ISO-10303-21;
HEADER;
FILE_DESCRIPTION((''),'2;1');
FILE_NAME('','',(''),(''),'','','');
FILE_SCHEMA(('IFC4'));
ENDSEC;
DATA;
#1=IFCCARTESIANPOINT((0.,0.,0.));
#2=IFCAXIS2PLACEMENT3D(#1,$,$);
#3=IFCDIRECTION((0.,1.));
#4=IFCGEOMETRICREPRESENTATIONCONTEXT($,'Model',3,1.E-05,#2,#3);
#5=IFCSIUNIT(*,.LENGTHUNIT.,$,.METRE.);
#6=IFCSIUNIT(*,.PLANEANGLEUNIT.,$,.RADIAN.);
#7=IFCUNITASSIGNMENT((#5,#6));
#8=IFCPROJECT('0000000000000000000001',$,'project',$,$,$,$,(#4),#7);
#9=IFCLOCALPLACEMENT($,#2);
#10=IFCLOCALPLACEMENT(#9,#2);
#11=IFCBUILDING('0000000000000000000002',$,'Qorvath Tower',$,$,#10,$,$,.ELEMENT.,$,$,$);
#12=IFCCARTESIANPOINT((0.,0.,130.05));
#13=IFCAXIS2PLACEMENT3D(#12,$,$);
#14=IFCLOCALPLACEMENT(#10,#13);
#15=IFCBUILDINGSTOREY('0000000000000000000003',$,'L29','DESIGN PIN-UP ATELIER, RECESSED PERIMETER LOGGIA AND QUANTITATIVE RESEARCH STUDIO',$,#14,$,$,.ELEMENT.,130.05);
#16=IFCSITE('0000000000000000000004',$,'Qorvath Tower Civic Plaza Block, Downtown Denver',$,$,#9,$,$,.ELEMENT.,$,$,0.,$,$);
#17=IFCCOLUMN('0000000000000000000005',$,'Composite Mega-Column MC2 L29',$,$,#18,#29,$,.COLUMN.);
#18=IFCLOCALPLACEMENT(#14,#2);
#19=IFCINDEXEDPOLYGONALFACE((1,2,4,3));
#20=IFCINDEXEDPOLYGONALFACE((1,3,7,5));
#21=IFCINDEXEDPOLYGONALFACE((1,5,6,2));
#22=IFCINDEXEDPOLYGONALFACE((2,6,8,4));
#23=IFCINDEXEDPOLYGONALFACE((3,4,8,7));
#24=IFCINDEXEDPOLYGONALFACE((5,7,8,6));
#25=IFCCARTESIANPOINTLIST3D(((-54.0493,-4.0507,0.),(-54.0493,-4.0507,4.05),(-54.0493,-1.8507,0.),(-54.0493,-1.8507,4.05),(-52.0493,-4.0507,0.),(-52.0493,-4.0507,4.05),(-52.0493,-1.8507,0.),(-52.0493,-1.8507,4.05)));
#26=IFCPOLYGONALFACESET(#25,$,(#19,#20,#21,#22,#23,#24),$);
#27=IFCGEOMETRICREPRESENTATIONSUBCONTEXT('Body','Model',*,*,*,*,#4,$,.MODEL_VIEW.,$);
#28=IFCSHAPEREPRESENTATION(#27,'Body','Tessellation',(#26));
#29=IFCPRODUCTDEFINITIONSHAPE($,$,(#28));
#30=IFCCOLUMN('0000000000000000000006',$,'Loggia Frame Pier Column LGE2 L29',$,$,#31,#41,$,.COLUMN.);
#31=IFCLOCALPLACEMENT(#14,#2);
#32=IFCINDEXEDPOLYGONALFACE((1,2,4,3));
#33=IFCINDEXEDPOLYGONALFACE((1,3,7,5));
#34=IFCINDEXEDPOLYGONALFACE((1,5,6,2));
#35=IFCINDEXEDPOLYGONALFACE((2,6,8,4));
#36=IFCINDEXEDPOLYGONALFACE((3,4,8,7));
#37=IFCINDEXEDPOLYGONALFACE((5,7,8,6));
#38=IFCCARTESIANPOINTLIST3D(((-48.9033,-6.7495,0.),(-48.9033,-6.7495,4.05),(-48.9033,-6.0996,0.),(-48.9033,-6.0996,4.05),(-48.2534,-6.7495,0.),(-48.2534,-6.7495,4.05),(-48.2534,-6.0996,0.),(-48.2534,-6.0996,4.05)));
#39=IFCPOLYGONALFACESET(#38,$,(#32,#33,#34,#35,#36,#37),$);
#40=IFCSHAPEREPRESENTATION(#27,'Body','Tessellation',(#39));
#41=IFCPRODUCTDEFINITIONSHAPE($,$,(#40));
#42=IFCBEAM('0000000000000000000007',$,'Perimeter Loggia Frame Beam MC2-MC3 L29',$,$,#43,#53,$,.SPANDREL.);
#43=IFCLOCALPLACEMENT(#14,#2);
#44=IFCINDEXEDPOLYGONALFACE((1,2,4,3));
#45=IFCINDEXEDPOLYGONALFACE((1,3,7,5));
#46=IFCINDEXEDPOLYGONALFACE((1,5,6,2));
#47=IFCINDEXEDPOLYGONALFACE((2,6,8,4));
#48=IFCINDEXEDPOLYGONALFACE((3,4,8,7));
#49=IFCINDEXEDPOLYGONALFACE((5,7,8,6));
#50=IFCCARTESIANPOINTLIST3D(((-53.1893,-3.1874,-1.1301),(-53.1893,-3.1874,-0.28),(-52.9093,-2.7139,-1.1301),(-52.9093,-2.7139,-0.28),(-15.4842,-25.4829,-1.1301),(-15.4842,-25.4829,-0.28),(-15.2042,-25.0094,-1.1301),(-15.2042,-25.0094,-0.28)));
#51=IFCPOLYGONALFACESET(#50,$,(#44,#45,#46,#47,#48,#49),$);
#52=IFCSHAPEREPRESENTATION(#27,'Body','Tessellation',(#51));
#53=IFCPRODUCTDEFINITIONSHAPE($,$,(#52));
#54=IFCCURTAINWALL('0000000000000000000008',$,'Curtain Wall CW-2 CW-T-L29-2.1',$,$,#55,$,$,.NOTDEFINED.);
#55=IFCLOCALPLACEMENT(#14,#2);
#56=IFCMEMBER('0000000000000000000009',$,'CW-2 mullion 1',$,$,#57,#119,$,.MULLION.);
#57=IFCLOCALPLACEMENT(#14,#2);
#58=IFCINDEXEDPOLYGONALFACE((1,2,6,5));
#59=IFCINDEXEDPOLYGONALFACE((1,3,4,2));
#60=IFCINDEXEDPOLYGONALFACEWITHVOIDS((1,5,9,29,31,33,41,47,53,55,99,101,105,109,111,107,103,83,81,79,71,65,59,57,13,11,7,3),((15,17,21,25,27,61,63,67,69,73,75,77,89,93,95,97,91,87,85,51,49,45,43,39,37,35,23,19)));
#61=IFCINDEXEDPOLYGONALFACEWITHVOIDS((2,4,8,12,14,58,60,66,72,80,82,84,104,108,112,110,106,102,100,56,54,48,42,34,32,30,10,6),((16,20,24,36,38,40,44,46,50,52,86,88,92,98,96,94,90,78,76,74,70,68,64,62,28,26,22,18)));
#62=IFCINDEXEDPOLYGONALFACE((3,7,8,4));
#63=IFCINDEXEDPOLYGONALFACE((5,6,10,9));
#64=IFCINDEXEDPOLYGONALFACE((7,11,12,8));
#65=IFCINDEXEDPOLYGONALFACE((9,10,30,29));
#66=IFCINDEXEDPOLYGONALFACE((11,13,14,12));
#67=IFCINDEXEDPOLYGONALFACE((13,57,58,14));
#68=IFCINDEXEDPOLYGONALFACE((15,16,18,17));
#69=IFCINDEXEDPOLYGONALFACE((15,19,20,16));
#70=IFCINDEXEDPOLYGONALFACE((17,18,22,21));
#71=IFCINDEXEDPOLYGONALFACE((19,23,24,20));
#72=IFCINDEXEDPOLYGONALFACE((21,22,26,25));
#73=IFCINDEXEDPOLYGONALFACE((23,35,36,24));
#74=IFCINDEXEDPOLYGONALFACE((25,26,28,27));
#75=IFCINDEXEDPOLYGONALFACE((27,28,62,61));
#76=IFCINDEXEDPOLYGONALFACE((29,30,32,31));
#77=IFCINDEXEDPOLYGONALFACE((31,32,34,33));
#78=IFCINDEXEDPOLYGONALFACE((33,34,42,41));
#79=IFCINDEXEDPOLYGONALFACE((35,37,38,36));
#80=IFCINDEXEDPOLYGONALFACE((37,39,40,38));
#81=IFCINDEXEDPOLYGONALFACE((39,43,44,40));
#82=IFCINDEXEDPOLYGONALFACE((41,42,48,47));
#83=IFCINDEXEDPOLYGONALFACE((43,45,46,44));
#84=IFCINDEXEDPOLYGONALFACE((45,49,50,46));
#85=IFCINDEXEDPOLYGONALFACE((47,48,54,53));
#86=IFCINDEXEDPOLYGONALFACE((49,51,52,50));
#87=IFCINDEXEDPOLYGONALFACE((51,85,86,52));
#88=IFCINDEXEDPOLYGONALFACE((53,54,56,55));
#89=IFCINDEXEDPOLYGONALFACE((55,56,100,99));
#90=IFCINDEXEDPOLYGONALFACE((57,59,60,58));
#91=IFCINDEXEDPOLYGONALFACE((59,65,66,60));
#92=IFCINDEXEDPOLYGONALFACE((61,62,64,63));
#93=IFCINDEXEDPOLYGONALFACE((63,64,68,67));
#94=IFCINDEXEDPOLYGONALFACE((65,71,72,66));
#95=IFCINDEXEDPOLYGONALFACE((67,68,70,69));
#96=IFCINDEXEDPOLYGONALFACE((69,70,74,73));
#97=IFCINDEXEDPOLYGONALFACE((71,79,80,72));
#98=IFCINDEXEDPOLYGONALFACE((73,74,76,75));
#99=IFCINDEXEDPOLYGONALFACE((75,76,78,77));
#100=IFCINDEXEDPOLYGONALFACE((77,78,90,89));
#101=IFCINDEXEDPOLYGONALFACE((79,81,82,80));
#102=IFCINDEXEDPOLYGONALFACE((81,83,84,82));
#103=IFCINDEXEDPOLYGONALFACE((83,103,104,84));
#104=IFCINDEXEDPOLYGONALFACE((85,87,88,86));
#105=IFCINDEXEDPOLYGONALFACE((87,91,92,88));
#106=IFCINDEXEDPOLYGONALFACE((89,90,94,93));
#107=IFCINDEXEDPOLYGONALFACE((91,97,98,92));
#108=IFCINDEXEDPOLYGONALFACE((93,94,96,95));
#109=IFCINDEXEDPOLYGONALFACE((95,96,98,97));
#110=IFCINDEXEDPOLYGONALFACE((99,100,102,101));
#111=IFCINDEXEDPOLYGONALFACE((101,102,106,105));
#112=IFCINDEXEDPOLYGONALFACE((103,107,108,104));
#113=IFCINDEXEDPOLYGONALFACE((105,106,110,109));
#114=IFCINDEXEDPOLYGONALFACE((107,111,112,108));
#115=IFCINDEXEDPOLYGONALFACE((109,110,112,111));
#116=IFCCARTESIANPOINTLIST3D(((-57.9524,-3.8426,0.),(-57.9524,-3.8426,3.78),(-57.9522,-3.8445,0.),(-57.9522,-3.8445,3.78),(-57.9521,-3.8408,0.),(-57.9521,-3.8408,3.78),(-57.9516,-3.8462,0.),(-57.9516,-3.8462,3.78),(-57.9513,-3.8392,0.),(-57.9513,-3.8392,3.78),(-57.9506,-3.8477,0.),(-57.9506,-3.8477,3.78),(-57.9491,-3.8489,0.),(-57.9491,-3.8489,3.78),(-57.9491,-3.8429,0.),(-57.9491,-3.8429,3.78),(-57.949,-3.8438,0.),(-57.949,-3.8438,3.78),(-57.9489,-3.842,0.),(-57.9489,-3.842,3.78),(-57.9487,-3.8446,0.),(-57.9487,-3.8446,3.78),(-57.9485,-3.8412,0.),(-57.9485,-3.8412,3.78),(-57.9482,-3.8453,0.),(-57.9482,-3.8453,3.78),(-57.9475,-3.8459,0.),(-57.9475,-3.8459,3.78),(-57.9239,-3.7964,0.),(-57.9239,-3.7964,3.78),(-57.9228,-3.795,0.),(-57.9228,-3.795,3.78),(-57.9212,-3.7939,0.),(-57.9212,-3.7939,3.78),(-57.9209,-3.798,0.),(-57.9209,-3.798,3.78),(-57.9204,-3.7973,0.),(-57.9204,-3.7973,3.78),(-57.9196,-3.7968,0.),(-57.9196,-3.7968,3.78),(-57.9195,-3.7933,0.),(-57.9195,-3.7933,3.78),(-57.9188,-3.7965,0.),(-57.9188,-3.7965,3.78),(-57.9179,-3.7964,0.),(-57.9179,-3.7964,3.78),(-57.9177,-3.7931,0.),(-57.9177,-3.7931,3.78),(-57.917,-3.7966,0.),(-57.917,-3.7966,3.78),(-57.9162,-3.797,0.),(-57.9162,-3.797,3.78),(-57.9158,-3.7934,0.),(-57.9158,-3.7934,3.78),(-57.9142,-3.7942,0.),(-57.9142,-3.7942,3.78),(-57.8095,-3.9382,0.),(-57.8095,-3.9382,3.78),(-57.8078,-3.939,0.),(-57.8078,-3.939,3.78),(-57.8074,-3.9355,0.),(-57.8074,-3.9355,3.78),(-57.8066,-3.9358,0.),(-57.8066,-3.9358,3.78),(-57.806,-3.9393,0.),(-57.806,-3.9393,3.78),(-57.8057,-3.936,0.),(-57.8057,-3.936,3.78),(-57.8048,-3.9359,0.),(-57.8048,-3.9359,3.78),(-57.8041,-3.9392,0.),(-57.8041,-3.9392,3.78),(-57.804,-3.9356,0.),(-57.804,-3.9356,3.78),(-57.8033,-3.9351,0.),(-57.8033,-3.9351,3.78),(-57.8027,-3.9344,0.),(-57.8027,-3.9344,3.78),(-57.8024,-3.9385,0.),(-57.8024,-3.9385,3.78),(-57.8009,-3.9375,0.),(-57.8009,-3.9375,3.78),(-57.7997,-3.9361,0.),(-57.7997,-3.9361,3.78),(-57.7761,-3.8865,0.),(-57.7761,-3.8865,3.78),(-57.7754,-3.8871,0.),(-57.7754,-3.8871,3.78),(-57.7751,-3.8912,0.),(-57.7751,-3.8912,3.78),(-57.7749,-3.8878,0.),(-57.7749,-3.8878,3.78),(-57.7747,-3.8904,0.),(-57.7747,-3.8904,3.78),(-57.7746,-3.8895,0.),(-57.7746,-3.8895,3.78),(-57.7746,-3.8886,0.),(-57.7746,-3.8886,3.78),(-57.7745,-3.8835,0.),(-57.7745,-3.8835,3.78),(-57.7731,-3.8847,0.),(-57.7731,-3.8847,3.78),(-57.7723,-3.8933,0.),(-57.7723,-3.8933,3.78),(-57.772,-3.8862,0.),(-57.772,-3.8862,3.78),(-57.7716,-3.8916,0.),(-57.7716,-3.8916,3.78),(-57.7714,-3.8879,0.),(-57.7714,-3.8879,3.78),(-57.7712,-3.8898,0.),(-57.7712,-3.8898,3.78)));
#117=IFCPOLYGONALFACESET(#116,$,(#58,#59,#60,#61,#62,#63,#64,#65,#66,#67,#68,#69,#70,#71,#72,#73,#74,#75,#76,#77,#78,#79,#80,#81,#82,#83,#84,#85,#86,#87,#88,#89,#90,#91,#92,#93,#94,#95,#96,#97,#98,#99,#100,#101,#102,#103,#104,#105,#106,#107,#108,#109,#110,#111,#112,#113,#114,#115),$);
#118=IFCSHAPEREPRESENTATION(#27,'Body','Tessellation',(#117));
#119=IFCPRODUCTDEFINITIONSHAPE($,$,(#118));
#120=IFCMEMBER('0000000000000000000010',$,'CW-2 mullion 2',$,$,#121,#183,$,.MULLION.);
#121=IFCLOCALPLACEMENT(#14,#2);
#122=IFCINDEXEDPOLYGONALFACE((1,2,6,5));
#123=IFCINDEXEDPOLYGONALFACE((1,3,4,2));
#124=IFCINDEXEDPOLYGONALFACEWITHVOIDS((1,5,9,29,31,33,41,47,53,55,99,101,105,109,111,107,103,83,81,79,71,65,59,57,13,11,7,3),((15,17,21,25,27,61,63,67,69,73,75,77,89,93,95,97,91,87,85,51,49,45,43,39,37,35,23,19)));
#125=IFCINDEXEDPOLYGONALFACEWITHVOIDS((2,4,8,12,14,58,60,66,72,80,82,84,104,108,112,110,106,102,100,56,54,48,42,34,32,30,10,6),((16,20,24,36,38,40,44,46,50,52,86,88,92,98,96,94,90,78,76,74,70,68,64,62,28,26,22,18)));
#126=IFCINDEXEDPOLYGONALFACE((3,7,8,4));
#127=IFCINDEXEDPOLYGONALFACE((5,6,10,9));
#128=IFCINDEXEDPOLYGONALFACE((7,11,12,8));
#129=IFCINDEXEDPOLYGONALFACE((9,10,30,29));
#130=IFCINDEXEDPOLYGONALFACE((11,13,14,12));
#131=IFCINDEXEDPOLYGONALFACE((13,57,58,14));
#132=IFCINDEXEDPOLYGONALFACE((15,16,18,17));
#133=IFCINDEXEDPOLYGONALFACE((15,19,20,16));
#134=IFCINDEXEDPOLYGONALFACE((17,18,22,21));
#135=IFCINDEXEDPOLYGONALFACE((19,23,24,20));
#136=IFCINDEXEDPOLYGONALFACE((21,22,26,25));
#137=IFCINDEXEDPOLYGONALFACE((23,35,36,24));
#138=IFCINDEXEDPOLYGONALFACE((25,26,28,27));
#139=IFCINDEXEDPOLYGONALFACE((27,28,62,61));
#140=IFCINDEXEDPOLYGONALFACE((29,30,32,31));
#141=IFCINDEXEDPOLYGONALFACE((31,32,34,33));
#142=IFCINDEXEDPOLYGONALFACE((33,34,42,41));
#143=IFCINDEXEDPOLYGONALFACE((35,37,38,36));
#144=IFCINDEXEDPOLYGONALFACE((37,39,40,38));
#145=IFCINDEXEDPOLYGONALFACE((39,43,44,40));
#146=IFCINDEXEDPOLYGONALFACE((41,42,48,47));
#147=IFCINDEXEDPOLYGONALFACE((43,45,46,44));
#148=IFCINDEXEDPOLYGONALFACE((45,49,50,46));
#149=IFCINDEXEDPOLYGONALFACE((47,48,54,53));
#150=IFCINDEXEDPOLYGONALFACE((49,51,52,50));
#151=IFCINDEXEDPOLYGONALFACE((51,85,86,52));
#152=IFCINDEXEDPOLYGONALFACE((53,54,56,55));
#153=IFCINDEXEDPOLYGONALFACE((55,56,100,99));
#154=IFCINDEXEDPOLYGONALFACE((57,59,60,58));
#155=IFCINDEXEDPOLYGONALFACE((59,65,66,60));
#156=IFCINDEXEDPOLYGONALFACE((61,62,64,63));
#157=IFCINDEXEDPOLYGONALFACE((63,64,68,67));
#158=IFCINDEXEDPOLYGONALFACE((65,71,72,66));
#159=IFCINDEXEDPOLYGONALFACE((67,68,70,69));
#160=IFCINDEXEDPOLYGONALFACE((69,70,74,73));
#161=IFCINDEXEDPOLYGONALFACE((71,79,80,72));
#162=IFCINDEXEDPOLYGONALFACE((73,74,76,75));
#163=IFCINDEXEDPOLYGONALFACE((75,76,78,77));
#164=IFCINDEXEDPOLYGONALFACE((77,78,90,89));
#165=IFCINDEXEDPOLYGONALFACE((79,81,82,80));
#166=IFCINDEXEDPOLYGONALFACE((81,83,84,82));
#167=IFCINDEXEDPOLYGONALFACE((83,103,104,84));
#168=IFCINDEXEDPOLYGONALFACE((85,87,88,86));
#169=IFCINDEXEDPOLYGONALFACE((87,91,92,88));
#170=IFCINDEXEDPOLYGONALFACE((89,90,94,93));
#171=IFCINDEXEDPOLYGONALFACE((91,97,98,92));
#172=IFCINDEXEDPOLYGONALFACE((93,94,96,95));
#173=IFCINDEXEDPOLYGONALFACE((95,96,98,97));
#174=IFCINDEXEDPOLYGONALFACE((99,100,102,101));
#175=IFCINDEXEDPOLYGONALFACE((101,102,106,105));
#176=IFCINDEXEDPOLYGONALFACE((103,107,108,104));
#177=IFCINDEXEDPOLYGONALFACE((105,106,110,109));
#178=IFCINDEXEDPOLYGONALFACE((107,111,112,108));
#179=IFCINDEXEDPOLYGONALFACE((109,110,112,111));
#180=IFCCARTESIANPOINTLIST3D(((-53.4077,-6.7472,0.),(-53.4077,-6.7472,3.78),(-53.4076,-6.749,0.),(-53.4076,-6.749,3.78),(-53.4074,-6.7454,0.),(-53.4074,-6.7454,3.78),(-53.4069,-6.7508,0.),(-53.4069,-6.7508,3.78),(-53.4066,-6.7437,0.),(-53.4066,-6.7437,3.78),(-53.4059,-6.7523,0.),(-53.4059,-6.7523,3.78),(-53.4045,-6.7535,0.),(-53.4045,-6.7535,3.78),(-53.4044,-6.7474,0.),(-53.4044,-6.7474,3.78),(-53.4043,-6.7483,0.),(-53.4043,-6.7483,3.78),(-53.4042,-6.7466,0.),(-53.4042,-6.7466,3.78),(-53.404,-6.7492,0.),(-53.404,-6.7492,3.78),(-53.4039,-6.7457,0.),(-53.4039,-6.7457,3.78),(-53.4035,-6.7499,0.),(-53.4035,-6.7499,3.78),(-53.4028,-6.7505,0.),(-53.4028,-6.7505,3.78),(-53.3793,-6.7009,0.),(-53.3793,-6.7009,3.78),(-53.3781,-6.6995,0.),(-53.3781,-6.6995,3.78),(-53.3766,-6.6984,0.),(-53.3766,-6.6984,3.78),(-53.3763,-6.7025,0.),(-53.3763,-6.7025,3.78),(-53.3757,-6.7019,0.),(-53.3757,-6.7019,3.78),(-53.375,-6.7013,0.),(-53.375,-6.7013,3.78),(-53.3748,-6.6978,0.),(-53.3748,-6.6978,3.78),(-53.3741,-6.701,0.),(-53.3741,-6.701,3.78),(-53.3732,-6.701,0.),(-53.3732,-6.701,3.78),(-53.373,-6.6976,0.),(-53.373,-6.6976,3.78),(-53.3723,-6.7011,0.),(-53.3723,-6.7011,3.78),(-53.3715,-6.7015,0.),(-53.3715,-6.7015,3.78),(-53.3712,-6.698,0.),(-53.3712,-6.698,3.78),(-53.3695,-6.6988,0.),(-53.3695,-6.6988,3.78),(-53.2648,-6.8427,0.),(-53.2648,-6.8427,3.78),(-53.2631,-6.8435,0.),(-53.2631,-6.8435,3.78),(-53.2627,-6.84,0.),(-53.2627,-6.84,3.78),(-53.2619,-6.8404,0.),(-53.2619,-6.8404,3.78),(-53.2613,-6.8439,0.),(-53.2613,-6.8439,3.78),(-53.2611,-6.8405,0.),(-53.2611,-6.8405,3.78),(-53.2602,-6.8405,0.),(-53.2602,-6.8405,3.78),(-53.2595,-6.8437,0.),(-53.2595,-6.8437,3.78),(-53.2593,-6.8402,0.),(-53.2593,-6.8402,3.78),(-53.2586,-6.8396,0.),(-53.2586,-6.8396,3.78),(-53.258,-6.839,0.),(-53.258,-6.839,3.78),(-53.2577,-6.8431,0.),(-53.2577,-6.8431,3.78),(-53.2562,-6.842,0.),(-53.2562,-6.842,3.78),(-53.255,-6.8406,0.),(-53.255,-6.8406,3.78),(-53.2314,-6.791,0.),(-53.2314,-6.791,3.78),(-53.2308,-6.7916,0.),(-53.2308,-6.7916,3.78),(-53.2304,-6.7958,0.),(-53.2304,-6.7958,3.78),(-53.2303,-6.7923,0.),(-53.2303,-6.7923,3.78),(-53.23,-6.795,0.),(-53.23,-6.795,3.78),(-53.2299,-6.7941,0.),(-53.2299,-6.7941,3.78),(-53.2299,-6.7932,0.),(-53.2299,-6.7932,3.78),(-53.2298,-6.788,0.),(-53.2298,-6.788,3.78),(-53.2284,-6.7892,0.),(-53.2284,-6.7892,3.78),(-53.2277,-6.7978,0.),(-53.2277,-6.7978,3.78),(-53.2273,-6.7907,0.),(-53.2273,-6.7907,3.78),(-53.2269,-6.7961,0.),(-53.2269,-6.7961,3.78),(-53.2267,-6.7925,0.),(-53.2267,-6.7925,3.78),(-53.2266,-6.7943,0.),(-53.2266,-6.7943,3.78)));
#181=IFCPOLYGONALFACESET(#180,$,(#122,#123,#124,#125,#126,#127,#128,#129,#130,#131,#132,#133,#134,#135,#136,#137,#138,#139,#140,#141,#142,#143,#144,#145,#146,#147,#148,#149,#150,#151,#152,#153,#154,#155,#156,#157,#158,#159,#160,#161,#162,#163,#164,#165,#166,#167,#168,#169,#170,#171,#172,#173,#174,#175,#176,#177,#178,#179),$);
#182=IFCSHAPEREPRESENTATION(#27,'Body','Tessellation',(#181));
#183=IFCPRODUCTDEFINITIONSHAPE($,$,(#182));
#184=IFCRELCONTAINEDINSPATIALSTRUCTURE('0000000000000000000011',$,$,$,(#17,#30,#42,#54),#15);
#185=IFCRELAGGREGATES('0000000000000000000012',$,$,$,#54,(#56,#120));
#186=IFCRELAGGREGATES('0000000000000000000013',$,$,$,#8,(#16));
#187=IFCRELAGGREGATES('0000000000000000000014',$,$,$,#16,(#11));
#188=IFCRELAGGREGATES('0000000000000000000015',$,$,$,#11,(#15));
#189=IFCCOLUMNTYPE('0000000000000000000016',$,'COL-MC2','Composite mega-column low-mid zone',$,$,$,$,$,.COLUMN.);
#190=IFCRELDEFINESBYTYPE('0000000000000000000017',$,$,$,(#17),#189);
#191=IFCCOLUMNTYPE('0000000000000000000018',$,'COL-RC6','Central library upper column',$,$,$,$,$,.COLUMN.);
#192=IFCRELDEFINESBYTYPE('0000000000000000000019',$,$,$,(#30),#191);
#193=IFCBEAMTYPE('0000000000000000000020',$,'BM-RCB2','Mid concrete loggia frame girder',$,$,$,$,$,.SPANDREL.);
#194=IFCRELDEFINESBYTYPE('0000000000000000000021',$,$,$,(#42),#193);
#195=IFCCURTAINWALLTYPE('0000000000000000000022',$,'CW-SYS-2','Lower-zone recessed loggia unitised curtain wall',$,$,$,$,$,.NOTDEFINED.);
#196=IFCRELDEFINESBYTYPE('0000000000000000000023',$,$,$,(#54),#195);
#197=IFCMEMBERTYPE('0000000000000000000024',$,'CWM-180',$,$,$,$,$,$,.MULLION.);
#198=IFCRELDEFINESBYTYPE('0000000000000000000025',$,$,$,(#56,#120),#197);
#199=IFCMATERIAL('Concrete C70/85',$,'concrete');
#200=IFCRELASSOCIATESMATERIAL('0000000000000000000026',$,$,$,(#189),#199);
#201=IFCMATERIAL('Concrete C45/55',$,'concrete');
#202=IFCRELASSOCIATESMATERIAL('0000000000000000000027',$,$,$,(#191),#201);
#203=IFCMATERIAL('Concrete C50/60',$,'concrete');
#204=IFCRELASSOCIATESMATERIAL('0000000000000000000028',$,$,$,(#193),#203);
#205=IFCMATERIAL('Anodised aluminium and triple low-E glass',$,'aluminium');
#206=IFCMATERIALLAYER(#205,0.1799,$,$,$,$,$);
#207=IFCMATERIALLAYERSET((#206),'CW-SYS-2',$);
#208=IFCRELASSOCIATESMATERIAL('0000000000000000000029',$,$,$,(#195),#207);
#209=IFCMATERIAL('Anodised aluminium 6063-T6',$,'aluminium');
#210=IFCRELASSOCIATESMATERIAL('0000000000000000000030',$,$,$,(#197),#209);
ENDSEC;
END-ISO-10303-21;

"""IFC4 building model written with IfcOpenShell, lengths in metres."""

from ifc_helpers import new_model, si_unit, direction, frame, origin, origin_2d, place, context, subcontext, project, spatial, rectangle, hollow_rectangle, extrude, material, layer, layer_set, material_profile, profile_set, type_object, element, aggregate, save


model = new_model("IFC4")

# Units and contexts
model_context = context("Model", 3, precision=1e-05, world=origin(), true_north=direction((0.0, 1.0)))
body_context = subcontext(model_context, "Body", "Model", "MODEL_VIEW")
ifc_project = project(units=[si_unit("LENGTHUNIT", "METRE"), si_unit("PLANEANGLEUNIT", "RADIAN")], contexts=[model_context])

# Site, building, storey
site_placement = place(None, origin())
site = spatial("IfcSite", under=ifc_project, at=site_placement, Name="Qorvath Tower Civic Plaza Block, Downtown Denver", CompositionType="ELEMENT", RefElevation=0.0)
building_placement = place(site_placement, origin())
building = spatial("IfcBuilding", under=site, at=building_placement, Name="Qorvath Tower", CompositionType="ELEMENT")
storey_placement = place(building_placement, frame((0.0, 0.0, 130.05)))
storey = spatial("IfcBuildingStorey", under=building, at=storey_placement, Name="L29", Description="DESIGN PIN-UP ATELIER, RECESSED PERIMETER LOGGIA AND QUANTITATIVE RESEARCH STUDIO", CompositionType="ELEMENT", Elevation=130.05)

# Columns
ifc_material_1 = material(Name="Concrete C70/85", Category="concrete")
ifc_material_profile_1 = material_profile(ifc_material_1, rectangle(XDim=2.0, YDim=2.2, at=origin_2d()), Name="MC 2200x2000")
ifc_profile_set_1 = profile_set([ifc_material_profile_1], Name="Concrete C70/85")
column_type_1 = type_object("IfcColumnType", Name="COL-MC2", Description="Composite mega-column low-mid zone", PredefinedType="COLUMN", material=ifc_profile_set_1)
column_1_placement = place(storey_placement, frame((-53.0493, -2.9507, 0.0), z_axis=(0.0, 0.0, 1.0), x_axis=(1.0, 0.0, 0.0)))
element("IfcColumn", 1, at=column_1_placement, inside=storey, type_object=column_type_1, Name="Composite Mega-Column MC2 L29", PredefinedType="COLUMN", context=body_context, shape_type="SweptSolid", body=[
    extrude(rectangle(XDim=2.0, YDim=2.2, at=origin_2d()), origin(), (0.0, 0.0, 1.0), 4.05),
])
ifc_material_2 = material(Name="Concrete C45/55", Category="concrete")
ifc_material_profile_2 = material_profile(ifc_material_2, rectangle(XDim=0.6499, YDim=0.6499, at=origin_2d()), Name="RC 650x650")
ifc_profile_set_2 = profile_set([ifc_material_profile_2], Name="Concrete C45/55")
column_type_2 = type_object("IfcColumnType", Name="COL-RC6", Description="Central library upper column", PredefinedType="COLUMN", material=ifc_profile_set_2)
column_2_placement = place(storey_placement, frame((-48.5784, -6.4246, 0.0), z_axis=(0.0, 0.0, 1.0), x_axis=(1.0, 0.0, 0.0)))
element("IfcColumn", 2, at=column_2_placement, inside=storey, type_object=column_type_2, Name="Loggia Frame Pier Column LGE2 L29", PredefinedType="COLUMN", context=body_context, shape_type="SweptSolid", body=[
    extrude(rectangle(XDim=0.6499, YDim=0.6499, at=origin_2d()), origin(), (0.0, 0.0, 1.0), 4.05),
])

# Beam
ifc_material_3 = material(Name="Concrete C50/60", Category="concrete")
ifc_material_profile_3 = material_profile(ifc_material_3, rectangle(XDim=0.55, YDim=0.8501, at=origin_2d()), Name="RCB 850x550")
ifc_profile_set_3 = profile_set([ifc_material_profile_3], Name="Concrete C50/60")
beam_type = type_object("IfcBeamType", Name="BM-RCB2", Description="Mid concrete loggia frame girder", PredefinedType="SPANDREL", material=ifc_profile_set_3)
beam_placement = place(storey_placement, frame((-53.0493, -2.9507, -0.7051), z_axis=(0.860775, -0.508985, 0.0), x_axis=(0.508985, 0.860775, 0.0)))
element("IfcBeam", 3, at=beam_placement, inside=storey, type_object=beam_type, Name="Perimeter Loggia Frame Beam MC2-MC3 L29", PredefinedType="SPANDREL", context=body_context, shape_type="SweptSolid", body=[
    extrude(rectangle(XDim=0.55, YDim=0.8501, at=origin_2d()), origin(), (0.0, 0.0, 1.0), 43.8037),
])

# Curtain wall, members
ifc_material_4 = material(Name="Anodised aluminium and triple low-E glass", Category="aluminium")
ifc_layer_1 = layer(ifc_material_4, 0.1799)
ifc_layer_set_1 = layer_set([ifc_layer_1], Name="CW-SYS-2")
curtain_wall_type = type_object("IfcCurtainWallType", Name="CW-SYS-2", Description="Lower-zone recessed loggia unitised curtain wall", PredefinedType="NOTDEFINED", material=ifc_layer_set_1)
curtain_wall_placement = place(storey_placement, origin())
curtain_wall = element("IfcCurtainWall", 4, at=curtain_wall_placement, inside=storey, type_object=curtain_wall_type, Name="Curtain Wall CW-2 CW-T-L29-2.1", PredefinedType="NOTDEFINED")
ifc_material_5 = material(Name="Anodised aluminium 6063-T6", Category="aluminium")
ifc_material_profile_4 = material_profile(ifc_material_5, hollow_rectangle(XDim=0.0649, YDim=0.1799, WallThickness=0.0034, InnerFilletRadius=0.0034, OuterFilletRadius=0.0071, at=origin_2d()), Name="CWM 180x65")
ifc_profile_set_4 = profile_set([ifc_material_profile_4], Name="Anodised aluminium 6063-T6")
member_type_1 = type_object("IfcMemberType", Name="CWM-180", PredefinedType="MULLION", material=ifc_profile_set_4)
member_1_placement = place(storey_placement, frame((-57.8618, -3.8662, 0.0), z_axis=(0.0, 0.0, 1.0), x_axis=(0.538534, 0.842604, 0.0)))
member_1 = element("IfcMember", 5, at=member_1_placement, type_object=member_type_1, Name="CW-2 mullion 1", PredefinedType="MULLION", context=body_context, shape_type="SweptSolid", body=[
    extrude(hollow_rectangle(XDim=0.0649, YDim=0.1799, WallThickness=0.0034, InnerFilletRadius=0.0034, OuterFilletRadius=0.0071, at=origin_2d()), origin(), (0.0, 0.0, 1.0), 3.78),
])
member_2_placement = place(storey_placement, frame((-53.3171, -6.7708, 0.0), z_axis=(0.0, 0.0, 1.0), x_axis=(0.538534, 0.842604, 0.0)))
member_2 = element("IfcMember", 6, at=member_2_placement, type_object=member_type_1, Name="CW-2 mullion 2", PredefinedType="MULLION", context=body_context, shape_type="SweptSolid", body=[
    extrude(hollow_rectangle(XDim=0.0649, YDim=0.1799, WallThickness=0.0034, InnerFilletRadius=0.0034, OuterFilletRadius=0.0071, at=origin_2d()), origin(), (0.0, 0.0, 1.0), 3.78),
])
aggregate(curtain_wall, [member_1, member_2])

save(model, "model.ifc")
